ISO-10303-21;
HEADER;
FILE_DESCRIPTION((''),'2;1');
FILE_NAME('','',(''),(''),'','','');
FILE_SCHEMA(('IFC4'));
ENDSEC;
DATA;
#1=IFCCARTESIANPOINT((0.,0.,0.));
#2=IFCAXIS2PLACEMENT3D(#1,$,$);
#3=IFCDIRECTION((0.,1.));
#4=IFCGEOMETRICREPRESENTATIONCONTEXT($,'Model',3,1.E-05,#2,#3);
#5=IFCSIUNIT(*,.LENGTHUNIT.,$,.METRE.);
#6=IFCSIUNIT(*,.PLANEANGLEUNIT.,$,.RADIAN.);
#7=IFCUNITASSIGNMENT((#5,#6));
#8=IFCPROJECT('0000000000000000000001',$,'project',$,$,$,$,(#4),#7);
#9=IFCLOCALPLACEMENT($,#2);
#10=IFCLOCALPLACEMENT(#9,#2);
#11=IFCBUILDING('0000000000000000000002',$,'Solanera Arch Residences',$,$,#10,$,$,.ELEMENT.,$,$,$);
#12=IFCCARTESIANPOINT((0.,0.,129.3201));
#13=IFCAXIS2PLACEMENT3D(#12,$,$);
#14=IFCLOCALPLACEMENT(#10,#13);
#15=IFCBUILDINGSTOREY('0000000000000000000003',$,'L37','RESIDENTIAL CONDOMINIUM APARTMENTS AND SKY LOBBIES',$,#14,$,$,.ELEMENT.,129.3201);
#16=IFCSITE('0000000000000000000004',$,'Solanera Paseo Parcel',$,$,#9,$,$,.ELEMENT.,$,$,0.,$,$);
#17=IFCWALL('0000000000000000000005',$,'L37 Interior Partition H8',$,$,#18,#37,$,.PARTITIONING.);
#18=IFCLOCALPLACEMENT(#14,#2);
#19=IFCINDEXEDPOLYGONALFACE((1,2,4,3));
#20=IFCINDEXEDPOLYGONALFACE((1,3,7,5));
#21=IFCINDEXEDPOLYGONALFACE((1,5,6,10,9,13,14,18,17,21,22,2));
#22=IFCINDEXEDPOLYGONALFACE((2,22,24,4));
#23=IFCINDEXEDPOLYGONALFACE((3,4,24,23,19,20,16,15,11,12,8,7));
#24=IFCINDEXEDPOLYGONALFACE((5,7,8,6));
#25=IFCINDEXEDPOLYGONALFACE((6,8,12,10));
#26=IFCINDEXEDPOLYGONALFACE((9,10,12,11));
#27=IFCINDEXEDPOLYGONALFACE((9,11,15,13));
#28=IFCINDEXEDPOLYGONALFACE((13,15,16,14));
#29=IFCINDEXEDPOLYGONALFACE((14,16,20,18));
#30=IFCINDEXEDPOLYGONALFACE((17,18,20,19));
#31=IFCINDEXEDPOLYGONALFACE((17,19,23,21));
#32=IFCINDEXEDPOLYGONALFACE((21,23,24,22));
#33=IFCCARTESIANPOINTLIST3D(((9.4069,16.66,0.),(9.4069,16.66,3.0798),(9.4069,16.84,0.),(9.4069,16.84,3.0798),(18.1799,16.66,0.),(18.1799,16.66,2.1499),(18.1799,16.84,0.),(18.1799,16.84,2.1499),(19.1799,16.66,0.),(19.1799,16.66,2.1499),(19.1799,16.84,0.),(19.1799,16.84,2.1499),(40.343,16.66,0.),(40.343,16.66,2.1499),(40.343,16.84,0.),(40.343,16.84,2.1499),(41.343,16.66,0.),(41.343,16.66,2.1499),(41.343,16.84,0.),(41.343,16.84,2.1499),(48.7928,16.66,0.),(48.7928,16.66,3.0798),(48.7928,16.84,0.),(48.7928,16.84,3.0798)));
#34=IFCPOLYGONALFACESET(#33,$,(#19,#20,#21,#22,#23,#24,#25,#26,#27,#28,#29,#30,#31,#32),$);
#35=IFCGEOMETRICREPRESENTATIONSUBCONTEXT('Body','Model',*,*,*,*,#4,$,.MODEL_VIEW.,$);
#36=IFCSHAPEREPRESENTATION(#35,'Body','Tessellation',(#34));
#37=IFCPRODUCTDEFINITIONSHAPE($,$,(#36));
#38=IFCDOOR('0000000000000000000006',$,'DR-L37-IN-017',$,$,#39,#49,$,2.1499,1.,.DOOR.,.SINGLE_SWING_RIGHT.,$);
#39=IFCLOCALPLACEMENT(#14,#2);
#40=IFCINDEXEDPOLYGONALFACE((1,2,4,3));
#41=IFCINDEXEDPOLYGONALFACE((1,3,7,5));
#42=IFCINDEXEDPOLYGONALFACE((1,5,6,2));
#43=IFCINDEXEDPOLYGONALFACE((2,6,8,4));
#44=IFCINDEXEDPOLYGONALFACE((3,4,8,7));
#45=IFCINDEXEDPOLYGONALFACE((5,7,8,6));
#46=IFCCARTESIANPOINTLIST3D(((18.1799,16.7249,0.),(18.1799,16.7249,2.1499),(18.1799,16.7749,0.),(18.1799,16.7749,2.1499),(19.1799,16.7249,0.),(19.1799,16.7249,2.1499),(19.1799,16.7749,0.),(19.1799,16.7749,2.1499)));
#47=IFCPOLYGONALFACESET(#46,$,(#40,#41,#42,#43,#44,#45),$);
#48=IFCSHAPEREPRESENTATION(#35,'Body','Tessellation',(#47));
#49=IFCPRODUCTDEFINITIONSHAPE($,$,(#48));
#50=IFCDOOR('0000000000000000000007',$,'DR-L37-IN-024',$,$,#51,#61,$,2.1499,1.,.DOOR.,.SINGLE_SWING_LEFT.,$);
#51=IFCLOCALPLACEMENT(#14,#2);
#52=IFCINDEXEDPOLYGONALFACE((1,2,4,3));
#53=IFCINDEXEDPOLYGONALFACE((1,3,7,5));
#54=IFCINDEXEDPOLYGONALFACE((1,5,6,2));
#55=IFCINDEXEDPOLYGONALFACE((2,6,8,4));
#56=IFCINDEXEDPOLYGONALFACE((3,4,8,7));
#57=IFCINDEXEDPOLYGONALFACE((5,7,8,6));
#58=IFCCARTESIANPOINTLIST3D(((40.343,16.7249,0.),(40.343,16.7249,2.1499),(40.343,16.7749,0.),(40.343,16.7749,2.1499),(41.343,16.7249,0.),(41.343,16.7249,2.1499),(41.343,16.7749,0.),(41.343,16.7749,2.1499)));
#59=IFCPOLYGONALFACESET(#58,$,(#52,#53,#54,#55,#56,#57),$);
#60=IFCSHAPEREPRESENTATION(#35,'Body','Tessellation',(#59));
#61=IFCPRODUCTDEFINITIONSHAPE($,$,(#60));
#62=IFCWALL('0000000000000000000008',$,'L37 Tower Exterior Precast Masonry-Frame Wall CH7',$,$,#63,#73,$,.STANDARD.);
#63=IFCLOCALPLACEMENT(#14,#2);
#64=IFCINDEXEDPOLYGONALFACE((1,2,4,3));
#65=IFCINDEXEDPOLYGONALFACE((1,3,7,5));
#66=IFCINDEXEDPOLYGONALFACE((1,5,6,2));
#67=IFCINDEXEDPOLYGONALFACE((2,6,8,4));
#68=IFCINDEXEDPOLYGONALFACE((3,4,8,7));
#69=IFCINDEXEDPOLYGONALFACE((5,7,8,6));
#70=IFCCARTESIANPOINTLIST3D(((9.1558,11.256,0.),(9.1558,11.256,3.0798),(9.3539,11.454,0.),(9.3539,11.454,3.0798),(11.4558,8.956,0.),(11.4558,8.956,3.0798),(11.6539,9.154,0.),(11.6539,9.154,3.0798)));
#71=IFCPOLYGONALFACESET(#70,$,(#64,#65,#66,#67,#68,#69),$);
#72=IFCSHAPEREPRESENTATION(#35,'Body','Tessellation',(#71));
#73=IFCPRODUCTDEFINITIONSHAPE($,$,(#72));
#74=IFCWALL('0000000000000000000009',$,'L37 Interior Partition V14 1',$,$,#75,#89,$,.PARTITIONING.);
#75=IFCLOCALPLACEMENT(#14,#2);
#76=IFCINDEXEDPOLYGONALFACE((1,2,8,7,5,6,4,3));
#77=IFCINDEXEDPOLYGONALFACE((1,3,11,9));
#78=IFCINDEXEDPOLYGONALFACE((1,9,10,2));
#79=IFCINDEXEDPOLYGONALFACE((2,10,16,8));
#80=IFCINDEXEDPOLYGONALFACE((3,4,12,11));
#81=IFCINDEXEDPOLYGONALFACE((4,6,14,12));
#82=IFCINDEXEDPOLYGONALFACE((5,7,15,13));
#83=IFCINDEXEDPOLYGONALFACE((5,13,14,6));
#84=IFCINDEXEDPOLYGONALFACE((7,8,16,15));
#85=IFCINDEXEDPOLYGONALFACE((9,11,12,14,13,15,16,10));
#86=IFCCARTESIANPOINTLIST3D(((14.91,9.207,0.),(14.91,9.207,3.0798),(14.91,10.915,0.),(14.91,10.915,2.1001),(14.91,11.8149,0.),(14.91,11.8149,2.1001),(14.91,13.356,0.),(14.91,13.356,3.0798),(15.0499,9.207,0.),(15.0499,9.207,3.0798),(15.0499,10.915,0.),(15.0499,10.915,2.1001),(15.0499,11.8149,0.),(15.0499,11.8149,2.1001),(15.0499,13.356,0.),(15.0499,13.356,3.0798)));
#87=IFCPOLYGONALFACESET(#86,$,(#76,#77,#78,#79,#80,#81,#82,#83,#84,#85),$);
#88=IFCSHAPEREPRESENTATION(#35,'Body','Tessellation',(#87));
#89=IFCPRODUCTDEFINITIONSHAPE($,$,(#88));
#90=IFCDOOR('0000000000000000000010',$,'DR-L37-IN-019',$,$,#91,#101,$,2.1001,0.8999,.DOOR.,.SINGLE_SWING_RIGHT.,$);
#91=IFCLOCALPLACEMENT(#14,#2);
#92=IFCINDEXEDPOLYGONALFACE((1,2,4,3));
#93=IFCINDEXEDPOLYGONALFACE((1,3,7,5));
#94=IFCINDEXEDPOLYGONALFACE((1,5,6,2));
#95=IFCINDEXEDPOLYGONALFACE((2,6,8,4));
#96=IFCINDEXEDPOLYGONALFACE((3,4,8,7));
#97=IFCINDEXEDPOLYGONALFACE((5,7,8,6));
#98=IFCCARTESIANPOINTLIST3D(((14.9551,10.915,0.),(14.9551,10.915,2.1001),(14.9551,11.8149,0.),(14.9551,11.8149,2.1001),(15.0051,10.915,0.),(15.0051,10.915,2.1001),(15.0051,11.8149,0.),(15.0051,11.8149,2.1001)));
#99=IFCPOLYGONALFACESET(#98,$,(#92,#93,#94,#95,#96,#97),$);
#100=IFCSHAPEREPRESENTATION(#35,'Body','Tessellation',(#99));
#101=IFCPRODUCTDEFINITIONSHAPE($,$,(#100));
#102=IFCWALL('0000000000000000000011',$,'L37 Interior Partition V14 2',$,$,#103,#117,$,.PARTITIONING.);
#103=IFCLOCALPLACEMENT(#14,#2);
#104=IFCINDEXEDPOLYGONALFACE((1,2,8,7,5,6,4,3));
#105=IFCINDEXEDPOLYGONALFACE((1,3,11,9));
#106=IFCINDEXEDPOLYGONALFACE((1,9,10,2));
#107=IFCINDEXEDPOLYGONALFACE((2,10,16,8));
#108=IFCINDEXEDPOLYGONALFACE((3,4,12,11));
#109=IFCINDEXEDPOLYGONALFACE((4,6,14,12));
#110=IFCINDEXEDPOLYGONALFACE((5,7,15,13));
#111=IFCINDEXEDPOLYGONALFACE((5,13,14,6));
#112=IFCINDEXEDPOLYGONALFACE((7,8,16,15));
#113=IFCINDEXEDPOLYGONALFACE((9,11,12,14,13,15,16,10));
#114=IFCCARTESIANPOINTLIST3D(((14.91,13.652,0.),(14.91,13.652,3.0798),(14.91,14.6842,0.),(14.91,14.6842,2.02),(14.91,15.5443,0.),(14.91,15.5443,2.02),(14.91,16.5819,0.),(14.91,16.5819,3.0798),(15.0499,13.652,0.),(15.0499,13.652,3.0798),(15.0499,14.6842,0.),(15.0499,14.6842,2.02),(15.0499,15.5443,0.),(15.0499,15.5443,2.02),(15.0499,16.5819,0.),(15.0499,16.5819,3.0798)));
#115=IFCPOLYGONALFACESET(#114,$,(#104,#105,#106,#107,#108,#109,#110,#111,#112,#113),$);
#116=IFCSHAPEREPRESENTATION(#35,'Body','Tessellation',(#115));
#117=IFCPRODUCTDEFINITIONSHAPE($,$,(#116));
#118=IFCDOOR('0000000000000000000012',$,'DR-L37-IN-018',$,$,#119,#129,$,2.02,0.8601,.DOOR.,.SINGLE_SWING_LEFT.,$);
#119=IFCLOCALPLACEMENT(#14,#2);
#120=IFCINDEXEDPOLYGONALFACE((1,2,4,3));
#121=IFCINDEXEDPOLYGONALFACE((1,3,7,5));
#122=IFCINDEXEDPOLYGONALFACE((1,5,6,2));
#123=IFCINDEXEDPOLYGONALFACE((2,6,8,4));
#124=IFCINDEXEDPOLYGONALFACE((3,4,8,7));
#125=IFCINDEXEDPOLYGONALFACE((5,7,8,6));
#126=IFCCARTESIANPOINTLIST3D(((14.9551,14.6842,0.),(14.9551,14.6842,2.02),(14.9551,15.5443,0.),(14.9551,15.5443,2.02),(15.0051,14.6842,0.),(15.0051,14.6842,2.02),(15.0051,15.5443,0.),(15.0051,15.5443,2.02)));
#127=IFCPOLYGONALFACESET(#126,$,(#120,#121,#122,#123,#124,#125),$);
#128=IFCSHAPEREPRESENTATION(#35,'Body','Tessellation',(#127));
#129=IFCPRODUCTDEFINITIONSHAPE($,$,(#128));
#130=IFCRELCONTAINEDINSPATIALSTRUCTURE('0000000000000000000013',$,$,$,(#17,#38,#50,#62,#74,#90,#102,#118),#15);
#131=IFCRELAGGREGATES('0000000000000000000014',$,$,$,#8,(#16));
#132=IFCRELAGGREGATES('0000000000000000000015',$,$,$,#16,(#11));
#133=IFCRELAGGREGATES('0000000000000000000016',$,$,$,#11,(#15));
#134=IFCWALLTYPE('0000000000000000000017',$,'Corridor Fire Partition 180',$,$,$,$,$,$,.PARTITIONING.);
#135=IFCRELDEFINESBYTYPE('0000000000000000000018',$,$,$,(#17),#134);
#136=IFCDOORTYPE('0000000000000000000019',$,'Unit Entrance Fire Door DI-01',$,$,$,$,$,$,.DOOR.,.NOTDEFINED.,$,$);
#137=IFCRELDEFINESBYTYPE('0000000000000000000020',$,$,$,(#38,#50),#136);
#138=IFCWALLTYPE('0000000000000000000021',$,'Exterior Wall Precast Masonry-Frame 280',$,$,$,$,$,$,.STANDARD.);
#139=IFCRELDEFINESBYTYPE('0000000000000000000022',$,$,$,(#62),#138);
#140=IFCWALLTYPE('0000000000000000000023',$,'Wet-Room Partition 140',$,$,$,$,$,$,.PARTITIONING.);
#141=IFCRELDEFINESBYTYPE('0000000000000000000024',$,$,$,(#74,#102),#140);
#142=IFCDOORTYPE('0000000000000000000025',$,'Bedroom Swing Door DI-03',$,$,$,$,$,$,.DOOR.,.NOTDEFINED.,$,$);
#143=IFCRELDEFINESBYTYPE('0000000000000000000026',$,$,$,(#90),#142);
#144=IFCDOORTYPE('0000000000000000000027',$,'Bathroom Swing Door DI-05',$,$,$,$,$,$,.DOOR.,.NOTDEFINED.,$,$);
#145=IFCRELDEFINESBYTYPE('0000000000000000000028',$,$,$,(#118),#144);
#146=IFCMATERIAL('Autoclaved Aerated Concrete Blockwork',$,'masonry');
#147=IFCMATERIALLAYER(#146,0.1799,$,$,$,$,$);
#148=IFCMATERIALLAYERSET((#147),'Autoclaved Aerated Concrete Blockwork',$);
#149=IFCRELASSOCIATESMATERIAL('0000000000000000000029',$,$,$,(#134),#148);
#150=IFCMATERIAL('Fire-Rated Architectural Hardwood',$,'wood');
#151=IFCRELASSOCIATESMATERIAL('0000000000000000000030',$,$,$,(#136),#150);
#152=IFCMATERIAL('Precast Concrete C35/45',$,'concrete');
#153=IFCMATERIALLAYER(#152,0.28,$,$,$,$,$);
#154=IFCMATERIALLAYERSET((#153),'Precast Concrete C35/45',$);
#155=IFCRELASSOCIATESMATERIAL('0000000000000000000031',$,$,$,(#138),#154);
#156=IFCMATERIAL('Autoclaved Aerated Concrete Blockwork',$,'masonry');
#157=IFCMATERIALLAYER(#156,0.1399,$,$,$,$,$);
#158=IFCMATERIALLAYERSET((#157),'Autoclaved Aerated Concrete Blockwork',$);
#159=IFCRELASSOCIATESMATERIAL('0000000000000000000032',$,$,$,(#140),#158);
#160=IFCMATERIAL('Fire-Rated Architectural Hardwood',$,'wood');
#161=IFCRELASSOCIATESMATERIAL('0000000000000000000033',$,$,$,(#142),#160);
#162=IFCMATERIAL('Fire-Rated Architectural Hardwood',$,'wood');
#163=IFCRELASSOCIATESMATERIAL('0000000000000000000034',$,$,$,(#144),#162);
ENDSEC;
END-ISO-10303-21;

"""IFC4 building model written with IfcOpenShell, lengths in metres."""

from ifc_helpers import new_model, si_unit, direction, frame, frame_2d, origin, place, context, subcontext, project, spatial, rectangle, extrude, material, layer, layer_set, type_object, element, fill, save


model = new_model("IFC4")

# Units and contexts
model_context = context("Model", 3, precision=1e-05, world=origin(), true_north=direction((0.0, 1.0)))
body_context = subcontext(model_context, "Body", "Model", "MODEL_VIEW")
ifc_project = project(units=[si_unit("LENGTHUNIT", "METRE"), si_unit("PLANEANGLEUNIT", "RADIAN")], contexts=[model_context])

# Site, building, storey
site_placement = place(None, origin())
site = spatial("IfcSite", under=ifc_project, at=site_placement, Name="Solanera Paseo Parcel", CompositionType="ELEMENT", RefElevation=0.0)
building_placement = place(site_placement, origin())
building = spatial("IfcBuilding", under=site, at=building_placement, Name="Solanera Arch Residences", CompositionType="ELEMENT")
storey_placement = place(building_placement, frame((0.0, 0.0, 129.3201)))
storey = spatial("IfcBuildingStorey", under=building, at=storey_placement, Name="L37", Description="RESIDENTIAL CONDOMINIUM APARTMENTS AND SKY LOBBIES", CompositionType="ELEMENT", Elevation=129.3201)

# Wall, openings, doors
ifc_material_1 = material(Name="Autoclaved Aerated Concrete Blockwork", Category="masonry")
ifc_layer_1 = layer(ifc_material_1, 0.1799)
ifc_layer_set_1 = layer_set([ifc_layer_1], Name="Autoclaved Aerated Concrete Blockwork")
wall_type_1 = type_object("IfcWallType", Name="Corridor Fire Partition 180", PredefinedType="PARTITIONING", material=ifc_layer_set_1)
wall_1_placement = place(storey_placement, frame((9.407, 16.75, 0.0), z_axis=(0.0, 0.0, 1.0), x_axis=(1.0, 0.0, 0.0)))
wall_1 = element("IfcWall", 1, at=wall_1_placement, inside=storey, type_object=wall_type_1, Name="L37 Interior Partition H8", PredefinedType="PARTITIONING", context=body_context, shape_type="SweptSolid", body=[
    extrude(rectangle(XDim=39.386, YDim=0.1799, at=frame_2d((19.6929, 0.0))), origin(), (0.0, 0.0, 1.0), 3.0798),
])
opening_1_placement = place(wall_1_placement, frame((8.7729, 0.0, 0.0)))
opening_1 = element("IfcOpeningElement", 2, at=opening_1_placement, cuts=wall_1, PredefinedType="OPENING", context=body_context, shape_type="SweptSolid", body=[
    extrude(rectangle(XDim=1.0, YDim=2.1499, at=frame_2d((0.5, 1.075))), frame((0.0, 0.1001, 0.0), z_axis=(0.0, -1.0, 0.0), x_axis=(1.0, 0.0, 0.0)), (0.0, 0.0, 1.0), 0.1999),
])
opening_2_placement = place(wall_1_placement, frame((30.936, 0.0, 0.0)))
opening_2 = element("IfcOpeningElement", 3, at=opening_2_placement, cuts=wall_1, PredefinedType="OPENING", context=body_context, shape_type="SweptSolid", body=[
    extrude(rectangle(XDim=1.0, YDim=2.1499, at=frame_2d((0.5, 1.075))), frame((0.0, 0.1001, 0.0), z_axis=(0.0, -1.0, 0.0), x_axis=(1.0, 0.0, 0.0)), (0.0, 0.0, 1.0), 0.1999),
])
ifc_material_2 = material(Name="Fire-Rated Architectural Hardwood", Category="wood")
door_type_1 = type_object("IfcDoorType", Name="Unit Entrance Fire Door DI-01", OperationType="NOTDEFINED", PredefinedType="DOOR", material=ifc_material_2)
door_1_placement = place(opening_1_placement, origin())
door_1 = element("IfcDoor", 4, at=door_1_placement, inside=storey, type_object=door_type_1, Name="DR-L37-IN-017", OperationType="SINGLE_SWING_RIGHT", OverallHeight=2.1499, OverallWidth=1.0, PredefinedType="DOOR", context=body_context, shape_type="SweptSolid", body=[
    extrude(rectangle(XDim=1.0, YDim=2.1499, at=frame_2d((0.5, 1.075))), frame((0.0, 0.0249, 0.0), z_axis=(0.0, -1.0, 0.0), x_axis=(1.0, 0.0, 0.0)), (0.0, 0.0, 1.0), 0.05),
])
fill(opening_1, door_1)
door_2_placement = place(opening_2_placement, origin())
door_2 = element("IfcDoor", 5, at=door_2_placement, inside=storey, type_object=door_type_1, Name="DR-L37-IN-024", OperationType="SINGLE_SWING_LEFT", OverallHeight=2.1499, OverallWidth=1.0, PredefinedType="DOOR", context=body_context, shape_type="SweptSolid", body=[
    extrude(rectangle(XDim=1.0, YDim=2.1499, at=frame_2d((0.5, 1.075))), frame((0.0, 0.0249, 0.0), z_axis=(0.0, -1.0, 0.0), x_axis=(1.0, 0.0, 0.0)), (0.0, 0.0, 1.0), 0.05),
])
fill(opening_2, door_2)

# Wall
ifc_material_3 = material(Name="Precast Concrete C35/45", Category="concrete")
ifc_layer_2 = layer(ifc_material_3, 0.28)
ifc_layer_set_2 = layer_set([ifc_layer_2], Name="Precast Concrete C35/45")
wall_type_2 = type_object("IfcWallType", Name="Exterior Wall Precast Masonry-Frame 280", PredefinedType="STANDARD", material=ifc_layer_set_2)
wall_2_placement = place(storey_placement, frame((11.5549, 9.0549, 0.0), z_axis=(0.0, 0.0, 1.0), x_axis=(-0.707107, 0.707107, 0.0)))
element("IfcWall", 6, at=wall_2_placement, inside=storey, type_object=wall_type_2, Name="L37 Tower Exterior Precast Masonry-Frame Wall CH7", PredefinedType="STANDARD", context=body_context, shape_type="SweptSolid", body=[
    extrude(rectangle(XDim=3.2527, YDim=0.28, at=frame_2d((1.6265, 0.0))), origin(), (0.0, 0.0, 1.0), 3.0798),
])

# Walls, openings, doors
ifc_material_4 = material(Name="Autoclaved Aerated Concrete Blockwork", Category="masonry")
ifc_layer_3 = layer(ifc_material_4, 0.1399)
ifc_layer_set_3 = layer_set([ifc_layer_3], Name="Autoclaved Aerated Concrete Blockwork")
wall_type_3 = type_object("IfcWallType", Name="Wet-Room Partition 140", PredefinedType="PARTITIONING", material=ifc_layer_set_3)
wall_3_placement = place(storey_placement, frame((14.98, 9.207, 0.0), z_axis=(0.0, 0.0, 1.0), x_axis=(0.0, 1.0, 0.0)))
wall_3 = element("IfcWall", 7, at=wall_3_placement, inside=storey, type_object=wall_type_3, Name="L37 Interior Partition V14 1", PredefinedType="PARTITIONING", context=body_context, shape_type="SweptSolid", body=[
    extrude(rectangle(XDim=4.1489, YDim=0.1399, at=frame_2d((2.0745, 0.0))), origin(), (0.0, 0.0, 1.0), 3.0798),
])
opening_3_placement = place(wall_3_placement, frame((1.708, 0.0, 0.0)))
opening_3 = element("IfcOpeningElement", 8, at=opening_3_placement, cuts=wall_3, PredefinedType="OPENING", context=body_context, shape_type="SweptSolid", body=[
    extrude(rectangle(XDim=0.8999, YDim=2.1001, at=frame_2d((0.45, 1.05))), frame((0.0, 0.0798, 0.0), z_axis=(0.0, -1.0, 0.0), x_axis=(1.0, 0.0, 0.0)), (0.0, 0.0, 1.0), 0.1599),
])
ifc_material_5 = material(Name="Fire-Rated Architectural Hardwood", Category="wood")
door_type_2 = type_object("IfcDoorType", Name="Bedroom Swing Door DI-03", OperationType="NOTDEFINED", PredefinedType="DOOR", material=ifc_material_5)
door_3_placement = place(opening_3_placement, origin())
door_3 = element("IfcDoor", 9, at=door_3_placement, inside=storey, type_object=door_type_2, Name="DR-L37-IN-019", OperationType="SINGLE_SWING_RIGHT", OverallHeight=2.1001, OverallWidth=0.8999, PredefinedType="DOOR", context=body_context, shape_type="SweptSolid", body=[
    extrude(rectangle(XDim=0.8999, YDim=2.1001, at=frame_2d((0.45, 1.05))), frame((0.0, 0.0249, 0.0), z_axis=(0.0, -1.0, 0.0), x_axis=(1.0, 0.0, 0.0)), (0.0, 0.0, 1.0), 0.05),
])
fill(opening_3, door_3)
wall_4_placement = place(storey_placement, frame((14.98, 13.6521, 0.0), z_axis=(0.0, 0.0, 1.0), x_axis=(0.0, 1.0, 0.0)))
wall_4 = element("IfcWall", 10, at=wall_4_placement, inside=storey, type_object=wall_type_3, Name="L37 Interior Partition V14 2", PredefinedType="PARTITIONING", context=body_context, shape_type="SweptSolid", body=[
    extrude(rectangle(XDim=2.9299, YDim=0.1399, at=frame_2d((1.4648, 0.0))), origin(), (0.0, 0.0, 1.0), 3.0798),
])
opening_4_placement = place(wall_4_placement, frame((1.032, 0.0, 0.0)))
opening_4 = element("IfcOpeningElement", 11, at=opening_4_placement, cuts=wall_4, PredefinedType="OPENING", context=body_context, shape_type="SweptSolid", body=[
    extrude(rectangle(XDim=0.8601, YDim=2.02, at=frame_2d((0.4302, 1.01))), frame((0.0, 0.0798, 0.0), z_axis=(0.0, -1.0, 0.0), x_axis=(1.0, 0.0, 0.0)), (0.0, 0.0, 1.0), 0.1599),
])
ifc_material_6 = material(Name="Fire-Rated Architectural Hardwood", Category="wood")
door_type_3 = type_object("IfcDoorType", Name="Bathroom Swing Door DI-05", OperationType="NOTDEFINED", PredefinedType="DOOR", material=ifc_material_6)
door_4_placement = place(opening_4_placement, origin())
door_4 = element("IfcDoor", 12, at=door_4_placement, inside=storey, type_object=door_type_3, Name="DR-L37-IN-018", OperationType="SINGLE_SWING_LEFT", OverallHeight=2.02, OverallWidth=0.8601, PredefinedType="DOOR", context=body_context, shape_type="SweptSolid", body=[
    extrude(rectangle(XDim=0.8601, YDim=2.02, at=frame_2d((0.4302, 1.01))), frame((0.0, 0.0249, 0.0), z_axis=(0.0, -1.0, 0.0), x_axis=(1.0, 0.0, 0.0)), (0.0, 0.0, 1.0), 0.05),
])
fill(opening_4, door_4)

save(model, "model.ifc")
